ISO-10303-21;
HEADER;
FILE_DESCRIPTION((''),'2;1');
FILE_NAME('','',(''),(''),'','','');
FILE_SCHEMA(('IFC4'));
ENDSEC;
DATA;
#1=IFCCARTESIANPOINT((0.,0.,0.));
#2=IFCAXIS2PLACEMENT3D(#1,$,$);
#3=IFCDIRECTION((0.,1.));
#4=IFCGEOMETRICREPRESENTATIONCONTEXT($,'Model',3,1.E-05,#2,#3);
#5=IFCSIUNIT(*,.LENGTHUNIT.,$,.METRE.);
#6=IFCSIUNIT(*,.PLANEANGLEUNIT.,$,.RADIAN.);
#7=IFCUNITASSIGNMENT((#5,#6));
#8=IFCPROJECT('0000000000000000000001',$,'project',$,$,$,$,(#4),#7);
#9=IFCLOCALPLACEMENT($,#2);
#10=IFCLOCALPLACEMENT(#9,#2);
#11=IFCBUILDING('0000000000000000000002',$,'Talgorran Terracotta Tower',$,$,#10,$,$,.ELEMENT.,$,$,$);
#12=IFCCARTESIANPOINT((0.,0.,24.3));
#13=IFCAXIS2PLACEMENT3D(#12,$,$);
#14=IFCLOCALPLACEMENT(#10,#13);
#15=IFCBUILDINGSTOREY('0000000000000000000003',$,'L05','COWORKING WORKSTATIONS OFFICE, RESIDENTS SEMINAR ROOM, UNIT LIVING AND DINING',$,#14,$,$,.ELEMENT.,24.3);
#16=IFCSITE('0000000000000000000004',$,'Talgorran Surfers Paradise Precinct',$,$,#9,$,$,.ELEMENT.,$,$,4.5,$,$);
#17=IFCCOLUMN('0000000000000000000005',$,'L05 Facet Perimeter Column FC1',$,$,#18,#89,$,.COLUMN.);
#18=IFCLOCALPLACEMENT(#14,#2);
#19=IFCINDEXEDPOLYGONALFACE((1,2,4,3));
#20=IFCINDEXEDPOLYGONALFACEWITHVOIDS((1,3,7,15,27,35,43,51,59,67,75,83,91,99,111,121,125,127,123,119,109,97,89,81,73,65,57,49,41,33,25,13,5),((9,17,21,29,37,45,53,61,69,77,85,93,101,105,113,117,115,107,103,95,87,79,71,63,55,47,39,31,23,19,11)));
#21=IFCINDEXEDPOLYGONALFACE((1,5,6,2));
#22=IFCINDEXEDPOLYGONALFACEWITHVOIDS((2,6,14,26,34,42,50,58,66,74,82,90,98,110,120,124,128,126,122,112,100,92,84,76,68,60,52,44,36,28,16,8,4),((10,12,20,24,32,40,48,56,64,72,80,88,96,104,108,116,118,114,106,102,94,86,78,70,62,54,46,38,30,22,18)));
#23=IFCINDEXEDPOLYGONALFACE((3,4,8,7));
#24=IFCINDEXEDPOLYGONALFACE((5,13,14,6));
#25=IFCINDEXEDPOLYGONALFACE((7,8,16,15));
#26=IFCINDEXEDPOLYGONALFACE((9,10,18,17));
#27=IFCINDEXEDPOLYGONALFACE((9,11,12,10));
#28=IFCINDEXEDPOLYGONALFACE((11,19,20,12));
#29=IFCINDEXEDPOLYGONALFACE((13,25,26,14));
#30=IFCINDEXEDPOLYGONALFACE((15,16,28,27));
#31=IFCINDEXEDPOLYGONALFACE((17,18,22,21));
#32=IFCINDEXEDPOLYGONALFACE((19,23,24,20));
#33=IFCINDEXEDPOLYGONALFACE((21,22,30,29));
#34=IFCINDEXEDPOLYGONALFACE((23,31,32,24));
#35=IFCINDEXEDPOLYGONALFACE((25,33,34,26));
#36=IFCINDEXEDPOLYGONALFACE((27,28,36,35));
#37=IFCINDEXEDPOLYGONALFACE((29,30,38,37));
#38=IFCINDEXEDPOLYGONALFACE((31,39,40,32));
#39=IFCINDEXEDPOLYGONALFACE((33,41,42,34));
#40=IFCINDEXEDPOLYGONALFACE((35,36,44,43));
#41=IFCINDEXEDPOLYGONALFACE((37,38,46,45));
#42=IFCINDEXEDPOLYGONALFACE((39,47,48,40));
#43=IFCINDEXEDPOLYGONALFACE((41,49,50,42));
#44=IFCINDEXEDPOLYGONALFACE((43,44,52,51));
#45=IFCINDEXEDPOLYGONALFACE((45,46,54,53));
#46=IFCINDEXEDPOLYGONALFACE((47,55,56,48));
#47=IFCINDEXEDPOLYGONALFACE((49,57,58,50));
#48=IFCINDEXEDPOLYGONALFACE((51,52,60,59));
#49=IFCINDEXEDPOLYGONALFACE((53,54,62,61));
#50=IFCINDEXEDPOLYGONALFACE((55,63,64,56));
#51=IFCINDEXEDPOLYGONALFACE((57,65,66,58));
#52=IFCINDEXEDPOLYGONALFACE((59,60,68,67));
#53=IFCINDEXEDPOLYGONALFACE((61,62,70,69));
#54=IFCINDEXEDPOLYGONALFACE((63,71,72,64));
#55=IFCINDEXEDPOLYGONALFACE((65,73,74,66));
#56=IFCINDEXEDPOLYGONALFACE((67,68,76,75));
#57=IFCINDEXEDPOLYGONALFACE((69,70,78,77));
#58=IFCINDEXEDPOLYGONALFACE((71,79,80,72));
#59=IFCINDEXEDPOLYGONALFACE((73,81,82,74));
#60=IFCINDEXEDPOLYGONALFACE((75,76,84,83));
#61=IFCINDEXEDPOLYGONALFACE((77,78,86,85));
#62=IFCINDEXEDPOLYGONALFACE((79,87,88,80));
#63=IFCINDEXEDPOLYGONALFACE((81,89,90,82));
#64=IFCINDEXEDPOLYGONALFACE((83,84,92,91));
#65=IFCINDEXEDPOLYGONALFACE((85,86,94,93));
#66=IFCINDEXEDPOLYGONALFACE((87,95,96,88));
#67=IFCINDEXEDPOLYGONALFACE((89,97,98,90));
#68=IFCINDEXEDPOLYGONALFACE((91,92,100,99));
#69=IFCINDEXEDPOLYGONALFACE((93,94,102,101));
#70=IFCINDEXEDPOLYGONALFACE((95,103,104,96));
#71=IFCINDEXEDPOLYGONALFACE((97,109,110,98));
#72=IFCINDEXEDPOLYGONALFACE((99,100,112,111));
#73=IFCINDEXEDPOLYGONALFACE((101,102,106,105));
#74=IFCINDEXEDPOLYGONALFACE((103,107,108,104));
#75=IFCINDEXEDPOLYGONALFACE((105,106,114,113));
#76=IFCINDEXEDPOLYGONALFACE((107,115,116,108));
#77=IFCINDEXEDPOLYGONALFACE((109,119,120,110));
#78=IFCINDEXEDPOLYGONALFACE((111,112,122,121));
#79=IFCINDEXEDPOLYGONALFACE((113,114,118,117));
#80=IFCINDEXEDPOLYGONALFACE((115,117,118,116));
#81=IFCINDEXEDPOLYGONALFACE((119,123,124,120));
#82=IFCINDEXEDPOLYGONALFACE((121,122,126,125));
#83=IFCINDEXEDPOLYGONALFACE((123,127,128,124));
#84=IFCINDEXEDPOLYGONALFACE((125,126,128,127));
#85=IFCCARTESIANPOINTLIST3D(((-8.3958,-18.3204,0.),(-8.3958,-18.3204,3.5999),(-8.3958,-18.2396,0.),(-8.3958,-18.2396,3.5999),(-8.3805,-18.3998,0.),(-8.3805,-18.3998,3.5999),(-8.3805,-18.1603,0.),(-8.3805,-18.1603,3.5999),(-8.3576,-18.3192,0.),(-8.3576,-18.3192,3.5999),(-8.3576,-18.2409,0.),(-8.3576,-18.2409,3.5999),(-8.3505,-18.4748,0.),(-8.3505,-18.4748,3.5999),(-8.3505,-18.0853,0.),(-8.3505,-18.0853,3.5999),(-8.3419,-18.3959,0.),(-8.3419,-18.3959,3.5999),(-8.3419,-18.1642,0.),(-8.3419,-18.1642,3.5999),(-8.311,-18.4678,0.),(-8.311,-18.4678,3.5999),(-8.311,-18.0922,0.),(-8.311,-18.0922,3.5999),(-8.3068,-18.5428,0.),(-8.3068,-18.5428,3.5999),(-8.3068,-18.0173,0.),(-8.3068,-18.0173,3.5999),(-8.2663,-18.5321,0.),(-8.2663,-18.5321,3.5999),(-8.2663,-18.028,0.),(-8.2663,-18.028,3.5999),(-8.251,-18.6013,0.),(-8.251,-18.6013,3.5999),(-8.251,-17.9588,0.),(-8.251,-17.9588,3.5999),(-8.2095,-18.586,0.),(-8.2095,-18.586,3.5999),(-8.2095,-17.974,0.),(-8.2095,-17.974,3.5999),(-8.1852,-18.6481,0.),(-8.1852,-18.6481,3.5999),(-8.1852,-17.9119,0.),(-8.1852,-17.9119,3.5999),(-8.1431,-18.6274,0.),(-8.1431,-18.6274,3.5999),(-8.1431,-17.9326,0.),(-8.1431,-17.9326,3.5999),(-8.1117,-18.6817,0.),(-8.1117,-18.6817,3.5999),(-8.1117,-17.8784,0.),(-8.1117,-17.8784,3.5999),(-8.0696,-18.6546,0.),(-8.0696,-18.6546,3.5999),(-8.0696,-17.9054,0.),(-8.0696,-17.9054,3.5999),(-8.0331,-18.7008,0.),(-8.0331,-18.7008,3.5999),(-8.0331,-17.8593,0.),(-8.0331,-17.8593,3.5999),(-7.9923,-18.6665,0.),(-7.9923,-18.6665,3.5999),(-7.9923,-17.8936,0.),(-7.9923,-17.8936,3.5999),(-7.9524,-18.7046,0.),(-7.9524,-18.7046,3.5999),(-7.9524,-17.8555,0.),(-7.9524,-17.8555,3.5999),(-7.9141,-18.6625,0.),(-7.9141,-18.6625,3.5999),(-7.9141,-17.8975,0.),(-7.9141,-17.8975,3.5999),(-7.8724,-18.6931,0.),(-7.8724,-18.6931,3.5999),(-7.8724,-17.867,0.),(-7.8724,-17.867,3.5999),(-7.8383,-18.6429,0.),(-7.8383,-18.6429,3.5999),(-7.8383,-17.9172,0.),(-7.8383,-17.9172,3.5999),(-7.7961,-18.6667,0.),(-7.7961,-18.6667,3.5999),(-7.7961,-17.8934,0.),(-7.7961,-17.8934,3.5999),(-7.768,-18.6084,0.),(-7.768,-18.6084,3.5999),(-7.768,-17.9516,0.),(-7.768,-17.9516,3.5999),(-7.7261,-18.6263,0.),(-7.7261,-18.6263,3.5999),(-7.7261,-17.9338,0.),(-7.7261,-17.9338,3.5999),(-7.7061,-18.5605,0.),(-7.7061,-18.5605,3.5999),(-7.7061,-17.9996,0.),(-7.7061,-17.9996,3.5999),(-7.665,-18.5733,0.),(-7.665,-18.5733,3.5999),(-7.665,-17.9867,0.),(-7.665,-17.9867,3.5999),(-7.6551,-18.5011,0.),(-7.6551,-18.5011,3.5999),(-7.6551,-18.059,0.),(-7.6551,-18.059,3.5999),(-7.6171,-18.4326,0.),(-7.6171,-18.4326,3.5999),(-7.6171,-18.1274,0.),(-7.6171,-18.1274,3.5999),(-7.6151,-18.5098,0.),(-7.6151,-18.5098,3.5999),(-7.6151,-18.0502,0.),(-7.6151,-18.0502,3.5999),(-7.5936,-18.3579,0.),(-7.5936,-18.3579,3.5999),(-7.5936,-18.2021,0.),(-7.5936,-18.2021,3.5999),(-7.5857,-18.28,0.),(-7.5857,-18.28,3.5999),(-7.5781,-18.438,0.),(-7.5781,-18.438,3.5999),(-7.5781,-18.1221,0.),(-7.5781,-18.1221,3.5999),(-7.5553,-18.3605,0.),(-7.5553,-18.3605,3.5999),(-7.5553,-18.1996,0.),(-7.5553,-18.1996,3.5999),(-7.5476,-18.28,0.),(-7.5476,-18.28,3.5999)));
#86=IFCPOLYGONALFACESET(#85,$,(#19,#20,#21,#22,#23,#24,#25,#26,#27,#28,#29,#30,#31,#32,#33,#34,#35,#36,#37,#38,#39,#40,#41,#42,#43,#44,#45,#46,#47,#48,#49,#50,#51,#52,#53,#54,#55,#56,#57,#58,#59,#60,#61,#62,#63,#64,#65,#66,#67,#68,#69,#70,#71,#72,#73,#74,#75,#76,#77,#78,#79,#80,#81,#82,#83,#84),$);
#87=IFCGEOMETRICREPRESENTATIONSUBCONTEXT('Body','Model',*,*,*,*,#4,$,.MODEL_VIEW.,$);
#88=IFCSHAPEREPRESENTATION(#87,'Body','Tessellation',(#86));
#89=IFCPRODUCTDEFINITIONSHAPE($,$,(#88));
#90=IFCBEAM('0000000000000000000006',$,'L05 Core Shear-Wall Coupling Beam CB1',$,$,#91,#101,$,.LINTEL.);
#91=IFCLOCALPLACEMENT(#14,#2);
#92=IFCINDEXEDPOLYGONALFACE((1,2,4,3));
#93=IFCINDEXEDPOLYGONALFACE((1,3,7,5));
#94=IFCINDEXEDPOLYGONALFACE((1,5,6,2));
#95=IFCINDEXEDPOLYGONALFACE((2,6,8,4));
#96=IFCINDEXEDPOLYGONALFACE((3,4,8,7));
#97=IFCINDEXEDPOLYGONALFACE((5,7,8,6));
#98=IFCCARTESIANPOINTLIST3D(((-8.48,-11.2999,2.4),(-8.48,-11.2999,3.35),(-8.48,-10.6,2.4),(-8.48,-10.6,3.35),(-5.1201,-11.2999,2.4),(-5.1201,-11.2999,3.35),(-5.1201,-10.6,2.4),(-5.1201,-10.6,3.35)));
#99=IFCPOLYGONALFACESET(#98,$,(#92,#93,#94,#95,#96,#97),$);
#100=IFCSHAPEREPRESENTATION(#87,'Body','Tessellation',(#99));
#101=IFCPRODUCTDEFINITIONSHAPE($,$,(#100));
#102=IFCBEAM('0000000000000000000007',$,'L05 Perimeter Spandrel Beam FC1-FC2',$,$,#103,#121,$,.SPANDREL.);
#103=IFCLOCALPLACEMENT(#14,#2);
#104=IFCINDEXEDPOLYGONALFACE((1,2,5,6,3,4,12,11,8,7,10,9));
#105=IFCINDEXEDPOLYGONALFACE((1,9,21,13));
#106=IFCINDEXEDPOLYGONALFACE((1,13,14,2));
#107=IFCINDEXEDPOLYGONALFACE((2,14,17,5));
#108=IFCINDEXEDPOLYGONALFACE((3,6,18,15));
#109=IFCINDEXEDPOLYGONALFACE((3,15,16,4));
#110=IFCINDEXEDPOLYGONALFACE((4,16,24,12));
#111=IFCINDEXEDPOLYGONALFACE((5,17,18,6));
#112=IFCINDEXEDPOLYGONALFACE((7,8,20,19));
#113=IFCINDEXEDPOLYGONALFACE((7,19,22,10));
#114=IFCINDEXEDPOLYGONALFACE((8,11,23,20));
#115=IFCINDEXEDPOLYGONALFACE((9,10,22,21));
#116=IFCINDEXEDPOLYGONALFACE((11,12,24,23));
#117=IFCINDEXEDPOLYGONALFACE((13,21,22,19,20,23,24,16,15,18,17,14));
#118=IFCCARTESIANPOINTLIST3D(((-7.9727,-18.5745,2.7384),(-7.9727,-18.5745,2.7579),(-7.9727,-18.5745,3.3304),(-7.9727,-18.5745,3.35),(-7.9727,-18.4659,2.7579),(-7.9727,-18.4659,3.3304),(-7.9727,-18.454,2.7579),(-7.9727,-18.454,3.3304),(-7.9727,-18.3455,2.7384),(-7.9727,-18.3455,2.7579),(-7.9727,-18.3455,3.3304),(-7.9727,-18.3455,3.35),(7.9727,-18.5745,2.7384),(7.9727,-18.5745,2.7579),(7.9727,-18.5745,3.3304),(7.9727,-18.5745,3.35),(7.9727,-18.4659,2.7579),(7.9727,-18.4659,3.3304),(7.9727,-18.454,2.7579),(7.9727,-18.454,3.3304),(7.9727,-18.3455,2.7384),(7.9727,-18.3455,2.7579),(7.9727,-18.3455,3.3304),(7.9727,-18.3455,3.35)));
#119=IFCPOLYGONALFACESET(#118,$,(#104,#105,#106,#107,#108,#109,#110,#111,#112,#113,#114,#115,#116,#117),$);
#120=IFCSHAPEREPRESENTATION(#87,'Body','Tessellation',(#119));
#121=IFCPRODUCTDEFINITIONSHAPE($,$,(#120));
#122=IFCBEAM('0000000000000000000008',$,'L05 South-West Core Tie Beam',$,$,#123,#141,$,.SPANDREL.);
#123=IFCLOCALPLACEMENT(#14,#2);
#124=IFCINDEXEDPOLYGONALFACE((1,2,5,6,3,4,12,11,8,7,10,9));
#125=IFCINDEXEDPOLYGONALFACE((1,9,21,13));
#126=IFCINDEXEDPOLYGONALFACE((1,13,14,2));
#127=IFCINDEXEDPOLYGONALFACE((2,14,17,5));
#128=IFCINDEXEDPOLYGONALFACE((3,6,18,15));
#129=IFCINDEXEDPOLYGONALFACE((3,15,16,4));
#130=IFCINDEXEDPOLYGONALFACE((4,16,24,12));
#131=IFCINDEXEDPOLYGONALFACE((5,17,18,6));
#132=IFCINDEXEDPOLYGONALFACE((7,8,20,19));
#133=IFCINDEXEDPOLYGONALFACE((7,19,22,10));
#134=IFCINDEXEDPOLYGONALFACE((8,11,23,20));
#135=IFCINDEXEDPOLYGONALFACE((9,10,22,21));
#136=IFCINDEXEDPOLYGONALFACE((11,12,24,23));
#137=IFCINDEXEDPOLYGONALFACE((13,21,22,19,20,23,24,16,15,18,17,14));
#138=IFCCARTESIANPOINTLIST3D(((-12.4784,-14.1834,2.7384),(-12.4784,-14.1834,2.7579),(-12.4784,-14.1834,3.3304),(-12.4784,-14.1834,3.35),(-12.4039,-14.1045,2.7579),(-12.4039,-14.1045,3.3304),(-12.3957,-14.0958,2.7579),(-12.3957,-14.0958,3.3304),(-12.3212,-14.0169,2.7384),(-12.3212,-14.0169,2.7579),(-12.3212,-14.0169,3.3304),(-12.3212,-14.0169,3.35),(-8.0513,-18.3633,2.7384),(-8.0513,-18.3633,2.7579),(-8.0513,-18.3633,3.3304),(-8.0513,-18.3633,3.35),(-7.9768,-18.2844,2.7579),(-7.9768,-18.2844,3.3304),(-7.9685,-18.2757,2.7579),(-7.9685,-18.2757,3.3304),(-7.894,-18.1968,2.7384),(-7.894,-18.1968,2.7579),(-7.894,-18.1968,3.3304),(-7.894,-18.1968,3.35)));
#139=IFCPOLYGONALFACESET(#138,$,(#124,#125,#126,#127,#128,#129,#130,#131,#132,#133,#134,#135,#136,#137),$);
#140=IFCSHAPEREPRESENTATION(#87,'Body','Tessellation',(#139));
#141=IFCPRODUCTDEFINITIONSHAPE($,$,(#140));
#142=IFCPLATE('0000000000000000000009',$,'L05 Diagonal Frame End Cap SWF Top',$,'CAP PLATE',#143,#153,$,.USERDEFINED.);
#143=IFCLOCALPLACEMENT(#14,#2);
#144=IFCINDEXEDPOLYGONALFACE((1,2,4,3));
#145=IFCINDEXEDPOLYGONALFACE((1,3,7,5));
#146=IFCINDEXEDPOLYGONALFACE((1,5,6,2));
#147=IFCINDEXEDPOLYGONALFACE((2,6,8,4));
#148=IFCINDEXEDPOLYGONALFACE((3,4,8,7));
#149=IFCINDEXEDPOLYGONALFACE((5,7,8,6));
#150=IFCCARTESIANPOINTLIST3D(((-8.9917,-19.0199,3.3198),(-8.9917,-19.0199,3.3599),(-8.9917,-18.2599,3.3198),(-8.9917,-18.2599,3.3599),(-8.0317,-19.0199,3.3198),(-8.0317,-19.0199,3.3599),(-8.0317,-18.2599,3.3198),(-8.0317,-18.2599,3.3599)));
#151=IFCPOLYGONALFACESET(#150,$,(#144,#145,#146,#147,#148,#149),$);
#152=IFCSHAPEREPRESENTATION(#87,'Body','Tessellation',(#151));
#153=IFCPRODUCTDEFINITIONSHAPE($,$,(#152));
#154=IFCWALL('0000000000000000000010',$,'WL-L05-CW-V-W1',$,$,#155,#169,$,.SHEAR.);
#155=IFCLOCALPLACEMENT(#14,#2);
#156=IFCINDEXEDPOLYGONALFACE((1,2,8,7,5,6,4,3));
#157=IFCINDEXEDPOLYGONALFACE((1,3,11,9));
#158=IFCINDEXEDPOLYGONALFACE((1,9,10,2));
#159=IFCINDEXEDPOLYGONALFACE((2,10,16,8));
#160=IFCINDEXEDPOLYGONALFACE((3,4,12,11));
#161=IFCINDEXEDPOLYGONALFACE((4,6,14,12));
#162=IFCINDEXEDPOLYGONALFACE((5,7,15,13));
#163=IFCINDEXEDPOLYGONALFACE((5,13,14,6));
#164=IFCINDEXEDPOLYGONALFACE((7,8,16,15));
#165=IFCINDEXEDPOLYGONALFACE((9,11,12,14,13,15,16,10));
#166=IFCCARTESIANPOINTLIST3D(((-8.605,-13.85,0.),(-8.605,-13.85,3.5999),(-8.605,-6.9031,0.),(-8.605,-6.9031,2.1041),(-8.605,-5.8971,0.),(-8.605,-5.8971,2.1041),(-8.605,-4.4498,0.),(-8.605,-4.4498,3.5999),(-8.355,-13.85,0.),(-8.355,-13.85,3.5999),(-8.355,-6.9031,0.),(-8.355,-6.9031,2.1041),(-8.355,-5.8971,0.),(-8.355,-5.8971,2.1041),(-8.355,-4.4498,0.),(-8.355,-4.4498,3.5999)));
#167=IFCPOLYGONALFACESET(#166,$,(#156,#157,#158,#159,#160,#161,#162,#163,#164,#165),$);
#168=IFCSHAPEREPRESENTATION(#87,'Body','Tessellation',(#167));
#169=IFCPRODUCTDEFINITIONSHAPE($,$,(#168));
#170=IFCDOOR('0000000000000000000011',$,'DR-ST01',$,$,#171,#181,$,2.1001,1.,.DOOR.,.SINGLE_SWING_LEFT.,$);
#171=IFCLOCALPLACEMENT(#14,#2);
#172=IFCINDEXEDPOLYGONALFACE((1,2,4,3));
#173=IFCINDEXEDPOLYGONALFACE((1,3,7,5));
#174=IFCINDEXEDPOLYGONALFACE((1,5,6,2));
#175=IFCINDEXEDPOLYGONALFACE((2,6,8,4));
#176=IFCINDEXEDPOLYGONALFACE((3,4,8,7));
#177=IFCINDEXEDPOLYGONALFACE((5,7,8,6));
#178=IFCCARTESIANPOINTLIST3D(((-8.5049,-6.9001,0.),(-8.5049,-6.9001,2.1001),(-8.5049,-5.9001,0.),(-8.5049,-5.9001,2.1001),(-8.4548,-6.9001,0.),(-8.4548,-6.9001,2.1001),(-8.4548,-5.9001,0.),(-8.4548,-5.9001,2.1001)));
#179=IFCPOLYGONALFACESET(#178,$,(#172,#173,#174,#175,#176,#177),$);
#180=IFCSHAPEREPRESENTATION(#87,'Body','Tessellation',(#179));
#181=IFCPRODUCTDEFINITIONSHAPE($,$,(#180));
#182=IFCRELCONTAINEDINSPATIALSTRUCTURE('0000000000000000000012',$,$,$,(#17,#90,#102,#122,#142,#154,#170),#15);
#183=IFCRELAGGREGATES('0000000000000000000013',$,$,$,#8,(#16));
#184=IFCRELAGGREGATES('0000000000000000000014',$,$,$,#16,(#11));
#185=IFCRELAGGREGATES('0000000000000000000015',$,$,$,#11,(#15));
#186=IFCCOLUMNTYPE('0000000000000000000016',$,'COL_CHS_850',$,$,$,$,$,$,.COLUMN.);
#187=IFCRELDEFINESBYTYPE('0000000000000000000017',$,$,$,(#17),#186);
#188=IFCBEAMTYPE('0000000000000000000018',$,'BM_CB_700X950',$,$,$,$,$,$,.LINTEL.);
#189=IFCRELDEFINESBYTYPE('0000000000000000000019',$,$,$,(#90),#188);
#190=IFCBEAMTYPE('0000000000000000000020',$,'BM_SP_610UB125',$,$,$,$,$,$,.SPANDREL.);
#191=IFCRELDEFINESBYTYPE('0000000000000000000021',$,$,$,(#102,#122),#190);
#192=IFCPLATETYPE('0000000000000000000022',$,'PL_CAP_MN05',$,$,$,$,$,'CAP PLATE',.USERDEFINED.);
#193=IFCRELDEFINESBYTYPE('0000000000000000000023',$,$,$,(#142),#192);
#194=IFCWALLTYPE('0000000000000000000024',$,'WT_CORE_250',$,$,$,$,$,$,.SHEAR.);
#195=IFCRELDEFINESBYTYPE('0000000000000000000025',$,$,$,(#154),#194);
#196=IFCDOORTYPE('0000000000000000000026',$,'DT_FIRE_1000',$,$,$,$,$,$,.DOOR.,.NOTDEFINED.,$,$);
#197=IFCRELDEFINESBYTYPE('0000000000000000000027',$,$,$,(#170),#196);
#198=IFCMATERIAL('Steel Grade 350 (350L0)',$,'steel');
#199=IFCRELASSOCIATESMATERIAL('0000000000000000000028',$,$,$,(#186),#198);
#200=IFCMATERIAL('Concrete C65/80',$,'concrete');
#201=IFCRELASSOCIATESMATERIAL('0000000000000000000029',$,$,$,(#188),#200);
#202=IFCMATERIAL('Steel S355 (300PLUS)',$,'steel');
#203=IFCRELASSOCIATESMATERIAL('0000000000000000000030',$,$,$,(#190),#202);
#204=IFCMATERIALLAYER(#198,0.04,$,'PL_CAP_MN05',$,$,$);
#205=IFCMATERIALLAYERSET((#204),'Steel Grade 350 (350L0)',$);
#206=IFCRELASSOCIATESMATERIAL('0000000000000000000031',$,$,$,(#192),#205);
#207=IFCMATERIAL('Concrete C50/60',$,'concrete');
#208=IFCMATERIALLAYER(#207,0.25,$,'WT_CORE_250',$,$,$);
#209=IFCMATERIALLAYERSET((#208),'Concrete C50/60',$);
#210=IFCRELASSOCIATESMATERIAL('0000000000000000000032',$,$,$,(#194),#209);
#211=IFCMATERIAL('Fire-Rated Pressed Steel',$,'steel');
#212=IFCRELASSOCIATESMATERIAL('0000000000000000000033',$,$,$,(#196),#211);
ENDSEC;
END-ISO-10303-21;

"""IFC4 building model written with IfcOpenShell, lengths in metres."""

from ifc_helpers import new_model, si_unit, direction, frame, frame_2d, origin, origin_2d, place, context, subcontext, project, spatial, rectangle, hollow_circle, i_section, extrude, material, layer, layer_set, material_profile, profile_set, type_object, element, fill, save


model = new_model("IFC4")

# Units and contexts
model_context = context("Model", 3, precision=1e-05, world=origin(), true_north=direction((0.0, 1.0)))
body_context = subcontext(model_context, "Body", "Model", "MODEL_VIEW")
ifc_project = project(units=[si_unit("LENGTHUNIT", "METRE"), si_unit("PLANEANGLEUNIT", "RADIAN")], contexts=[model_context])

# Site, building, storey
site_placement = place(None, origin())
site = spatial("IfcSite", under=ifc_project, at=site_placement, Name="Talgorran Surfers Paradise Precinct", CompositionType="ELEMENT", RefElevation=4.5)
building_placement = place(site_placement, origin())
building = spatial("IfcBuilding", under=site, at=building_placement, Name="Talgorran Terracotta Tower", CompositionType="ELEMENT")
storey_placement = place(building_placement, frame((0.0, 0.0, 24.3)))
storey = spatial("IfcBuildingStorey", under=building, at=storey_placement, Name="L05", Description="COWORKING WORKSTATIONS OFFICE, RESIDENTS SEMINAR ROOM, UNIT LIVING AND DINING", CompositionType="ELEMENT", Elevation=24.3)

# Column
ifc_material_1 = material(Name="Steel Grade 350 (350L0)", Category="steel")
ifc_material_profile_1 = material_profile(ifc_material_1, hollow_circle(Radius=0.425, WallThickness=0.0381, at=origin_2d()), Name="CHS850X38")
ifc_profile_set_1 = profile_set([ifc_material_profile_1], Name="Steel Grade 350 (350L0)")
column_type = type_object("IfcColumnType", Name="COL_CHS_850", PredefinedType="COLUMN", material=ifc_profile_set_1)
column_placement = place(storey_placement, frame((-7.9727, -18.28, 0.0), z_axis=(0.0, 0.0, 1.0), x_axis=(1.0, 0.0, 0.0)))
element("IfcColumn", 1, at=column_placement, inside=storey, type_object=column_type, Name="L05 Facet Perimeter Column FC1", PredefinedType="COLUMN", context=body_context, shape_type="SweptSolid", body=[
    extrude(hollow_circle(Radius=0.425, WallThickness=0.0381, at=origin_2d()), origin(), (0.0, 0.0, 1.0), 3.5999),
])

# Beams
ifc_material_2 = material(Name="Concrete C65/80", Category="concrete")
ifc_material_profile_2 = material_profile(ifc_material_2, rectangle(XDim=0.7, YDim=0.95, at=origin_2d()), Name="RCCB700X950")
ifc_profile_set_2 = profile_set([ifc_material_profile_2], Name="Concrete C65/80")
beam_type_1 = type_object("IfcBeamType", Name="BM_CB_700X950", PredefinedType="LINTEL", material=ifc_profile_set_2)
beam_1_placement = place(storey_placement, frame((-8.48, -10.95, 2.875), z_axis=(1.0, 0.0, 0.0), x_axis=(0.0, 1.0, 0.0)))
element("IfcBeam", 2, at=beam_1_placement, inside=storey, type_object=beam_type_1, Name="L05 Core Shear-Wall Coupling Beam CB1", PredefinedType="LINTEL", context=body_context, shape_type="SweptSolid", body=[
    extrude(rectangle(XDim=0.7, YDim=0.95, at=origin_2d()), origin(), (0.0, 0.0, 1.0), 3.3599),
])
ifc_material_3 = material(Name="Steel S355 (300PLUS)", Category="steel")
ifc_material_profile_3 = material_profile(ifc_material_3, i_section(OverallWidth=0.229, OverallDepth=0.6116, WebThickness=0.012, FlangeThickness=0.0195, at=origin_2d()), Name="610UB125")
ifc_profile_set_3 = profile_set([ifc_material_profile_3], Name="Steel S355 (300PLUS)")
beam_type_2 = type_object("IfcBeamType", Name="BM_SP_610UB125", PredefinedType="SPANDREL", material=ifc_profile_set_3)
beam_2_placement = place(storey_placement, frame((-7.9727, -18.46, 3.0442), z_axis=(1.0, 0.0, 0.0), x_axis=(0.0, 1.0, 0.0)))
element("IfcBeam", 3, at=beam_2_placement, inside=storey, type_object=beam_type_2, Name="L05 Perimeter Spandrel Beam FC1-FC2", PredefinedType="SPANDREL", context=body_context, shape_type="SweptSolid", body=[
    extrude(i_section(OverallWidth=0.229, OverallDepth=0.6116, WebThickness=0.012, FlangeThickness=0.0195, at=origin_2d()), origin(), (0.0, 0.0, 1.0), 15.9453),
])
beam_3_placement = place(storey_placement, frame((-7.9727, -18.28, 3.0442), z_axis=(-0.727124, 0.686506, 0.0), x_axis=(-0.686506, -0.727124, 0.0)))
element("IfcBeam", 4, at=beam_3_placement, inside=storey, type_object=beam_type_2, Name="L05 South-West Core Tie Beam", PredefinedType="SPANDREL", context=body_context, shape_type="SweptSolid", body=[
    extrude(i_section(OverallWidth=0.229, OverallDepth=0.6116, WebThickness=0.012, FlangeThickness=0.0195, at=origin_2d()), origin(), (0.0, 0.0, 1.0), 6.0886),
])

# Plate
ifc_layer_1 = layer(ifc_material_1, 0.04, Name="PL_CAP_MN05")
ifc_layer_set_1 = layer_set([ifc_layer_1], Name="Steel Grade 350 (350L0)")
plate_type = type_object("IfcPlateType", Name="PL_CAP_MN05", ElementType="CAP PLATE", PredefinedType="USERDEFINED", material=ifc_layer_set_1)
plate_placement = place(storey_placement, frame((-8.5117, -18.6399, 3.3198), z_axis=(0.0, 0.0, 1.0), x_axis=(1.0, 0.0, 0.0)))
element("IfcPlate", 5, at=plate_placement, inside=storey, type_object=plate_type, Name="L05 Diagonal Frame End Cap SWF Top", ObjectType="CAP PLATE", PredefinedType="USERDEFINED", context=body_context, shape_type="SweptSolid", body=[
    extrude(rectangle(XDim=0.96, YDim=0.76, at=origin_2d()), origin(), (0.0, 0.0, 1.0), 0.04),
])

# Wall, opening, door
ifc_material_4 = material(Name="Concrete C50/60", Category="concrete")
ifc_layer_2 = layer(ifc_material_4, 0.25, Name="WT_CORE_250")
ifc_layer_set_2 = layer_set([ifc_layer_2], Name="Concrete C50/60")
wall_type_1 = type_object("IfcWallType", Name="WT_CORE_250", PredefinedType="SHEAR", material=ifc_layer_set_2)
wall_1_placement = place(storey_placement, frame((-8.48, -13.8501, 0.0), z_axis=(0.0, 0.0, 1.0), x_axis=(0.0, 1.0, 0.0)))
wall_1 = element("IfcWall", 6, at=wall_1_placement, inside=storey, type_object=wall_type_1, Name="WL-L05-CW-V-W1", PredefinedType="SHEAR", context=body_context, shape_type="SweptSolid", body=[
    extrude(rectangle(XDim=9.4001, YDim=0.25, at=frame_2d((4.7002, 0.0))), origin(), (0.0, 0.0, 1.0), 3.5999),
])
opening_placement = place(wall_1_placement, frame((6.95, 0.0, 0.0)))
opening = element("IfcOpeningElement", 7, at=opening_placement, cuts=wall_1, PredefinedType="OPENING", context=body_context, shape_type="SweptSolid", body=[
    extrude(rectangle(XDim=1.006, YDim=2.1041, at=frame_2d((0.5, 1.052))), frame((0.0, 0.135, 0.0), z_axis=(0.0, -1.0, 0.0), x_axis=(1.0, 0.0, 0.0)), (0.0, 0.0, 1.0), 0.27),
])
ifc_material_5 = material(Name="Fire-Rated Pressed Steel", Category="steel")
door_type = type_object("IfcDoorType", Name="DT_FIRE_1000", OperationType="NOTDEFINED", PredefinedType="DOOR", material=ifc_material_5)
door_placement = place(opening_placement, origin())
door = element("IfcDoor", 8, at=door_placement, inside=storey, type_object=door_type, Name="DR-ST01", OperationType="SINGLE_SWING_LEFT", OverallHeight=2.1001, OverallWidth=1.0, PredefinedType="DOOR", context=body_context, shape_type="SweptSolid", body=[
    extrude(rectangle(XDim=1.0, YDim=2.1001, at=frame_2d((0.5, 1.05))), frame((0.0, 0.0249, 0.0), z_axis=(0.0, -1.0, 0.0), x_axis=(1.0, 0.0, 0.0)), (0.0, 0.0, 1.0), 0.05),
])
fill(opening, door)

save(model, "model.ifc")
